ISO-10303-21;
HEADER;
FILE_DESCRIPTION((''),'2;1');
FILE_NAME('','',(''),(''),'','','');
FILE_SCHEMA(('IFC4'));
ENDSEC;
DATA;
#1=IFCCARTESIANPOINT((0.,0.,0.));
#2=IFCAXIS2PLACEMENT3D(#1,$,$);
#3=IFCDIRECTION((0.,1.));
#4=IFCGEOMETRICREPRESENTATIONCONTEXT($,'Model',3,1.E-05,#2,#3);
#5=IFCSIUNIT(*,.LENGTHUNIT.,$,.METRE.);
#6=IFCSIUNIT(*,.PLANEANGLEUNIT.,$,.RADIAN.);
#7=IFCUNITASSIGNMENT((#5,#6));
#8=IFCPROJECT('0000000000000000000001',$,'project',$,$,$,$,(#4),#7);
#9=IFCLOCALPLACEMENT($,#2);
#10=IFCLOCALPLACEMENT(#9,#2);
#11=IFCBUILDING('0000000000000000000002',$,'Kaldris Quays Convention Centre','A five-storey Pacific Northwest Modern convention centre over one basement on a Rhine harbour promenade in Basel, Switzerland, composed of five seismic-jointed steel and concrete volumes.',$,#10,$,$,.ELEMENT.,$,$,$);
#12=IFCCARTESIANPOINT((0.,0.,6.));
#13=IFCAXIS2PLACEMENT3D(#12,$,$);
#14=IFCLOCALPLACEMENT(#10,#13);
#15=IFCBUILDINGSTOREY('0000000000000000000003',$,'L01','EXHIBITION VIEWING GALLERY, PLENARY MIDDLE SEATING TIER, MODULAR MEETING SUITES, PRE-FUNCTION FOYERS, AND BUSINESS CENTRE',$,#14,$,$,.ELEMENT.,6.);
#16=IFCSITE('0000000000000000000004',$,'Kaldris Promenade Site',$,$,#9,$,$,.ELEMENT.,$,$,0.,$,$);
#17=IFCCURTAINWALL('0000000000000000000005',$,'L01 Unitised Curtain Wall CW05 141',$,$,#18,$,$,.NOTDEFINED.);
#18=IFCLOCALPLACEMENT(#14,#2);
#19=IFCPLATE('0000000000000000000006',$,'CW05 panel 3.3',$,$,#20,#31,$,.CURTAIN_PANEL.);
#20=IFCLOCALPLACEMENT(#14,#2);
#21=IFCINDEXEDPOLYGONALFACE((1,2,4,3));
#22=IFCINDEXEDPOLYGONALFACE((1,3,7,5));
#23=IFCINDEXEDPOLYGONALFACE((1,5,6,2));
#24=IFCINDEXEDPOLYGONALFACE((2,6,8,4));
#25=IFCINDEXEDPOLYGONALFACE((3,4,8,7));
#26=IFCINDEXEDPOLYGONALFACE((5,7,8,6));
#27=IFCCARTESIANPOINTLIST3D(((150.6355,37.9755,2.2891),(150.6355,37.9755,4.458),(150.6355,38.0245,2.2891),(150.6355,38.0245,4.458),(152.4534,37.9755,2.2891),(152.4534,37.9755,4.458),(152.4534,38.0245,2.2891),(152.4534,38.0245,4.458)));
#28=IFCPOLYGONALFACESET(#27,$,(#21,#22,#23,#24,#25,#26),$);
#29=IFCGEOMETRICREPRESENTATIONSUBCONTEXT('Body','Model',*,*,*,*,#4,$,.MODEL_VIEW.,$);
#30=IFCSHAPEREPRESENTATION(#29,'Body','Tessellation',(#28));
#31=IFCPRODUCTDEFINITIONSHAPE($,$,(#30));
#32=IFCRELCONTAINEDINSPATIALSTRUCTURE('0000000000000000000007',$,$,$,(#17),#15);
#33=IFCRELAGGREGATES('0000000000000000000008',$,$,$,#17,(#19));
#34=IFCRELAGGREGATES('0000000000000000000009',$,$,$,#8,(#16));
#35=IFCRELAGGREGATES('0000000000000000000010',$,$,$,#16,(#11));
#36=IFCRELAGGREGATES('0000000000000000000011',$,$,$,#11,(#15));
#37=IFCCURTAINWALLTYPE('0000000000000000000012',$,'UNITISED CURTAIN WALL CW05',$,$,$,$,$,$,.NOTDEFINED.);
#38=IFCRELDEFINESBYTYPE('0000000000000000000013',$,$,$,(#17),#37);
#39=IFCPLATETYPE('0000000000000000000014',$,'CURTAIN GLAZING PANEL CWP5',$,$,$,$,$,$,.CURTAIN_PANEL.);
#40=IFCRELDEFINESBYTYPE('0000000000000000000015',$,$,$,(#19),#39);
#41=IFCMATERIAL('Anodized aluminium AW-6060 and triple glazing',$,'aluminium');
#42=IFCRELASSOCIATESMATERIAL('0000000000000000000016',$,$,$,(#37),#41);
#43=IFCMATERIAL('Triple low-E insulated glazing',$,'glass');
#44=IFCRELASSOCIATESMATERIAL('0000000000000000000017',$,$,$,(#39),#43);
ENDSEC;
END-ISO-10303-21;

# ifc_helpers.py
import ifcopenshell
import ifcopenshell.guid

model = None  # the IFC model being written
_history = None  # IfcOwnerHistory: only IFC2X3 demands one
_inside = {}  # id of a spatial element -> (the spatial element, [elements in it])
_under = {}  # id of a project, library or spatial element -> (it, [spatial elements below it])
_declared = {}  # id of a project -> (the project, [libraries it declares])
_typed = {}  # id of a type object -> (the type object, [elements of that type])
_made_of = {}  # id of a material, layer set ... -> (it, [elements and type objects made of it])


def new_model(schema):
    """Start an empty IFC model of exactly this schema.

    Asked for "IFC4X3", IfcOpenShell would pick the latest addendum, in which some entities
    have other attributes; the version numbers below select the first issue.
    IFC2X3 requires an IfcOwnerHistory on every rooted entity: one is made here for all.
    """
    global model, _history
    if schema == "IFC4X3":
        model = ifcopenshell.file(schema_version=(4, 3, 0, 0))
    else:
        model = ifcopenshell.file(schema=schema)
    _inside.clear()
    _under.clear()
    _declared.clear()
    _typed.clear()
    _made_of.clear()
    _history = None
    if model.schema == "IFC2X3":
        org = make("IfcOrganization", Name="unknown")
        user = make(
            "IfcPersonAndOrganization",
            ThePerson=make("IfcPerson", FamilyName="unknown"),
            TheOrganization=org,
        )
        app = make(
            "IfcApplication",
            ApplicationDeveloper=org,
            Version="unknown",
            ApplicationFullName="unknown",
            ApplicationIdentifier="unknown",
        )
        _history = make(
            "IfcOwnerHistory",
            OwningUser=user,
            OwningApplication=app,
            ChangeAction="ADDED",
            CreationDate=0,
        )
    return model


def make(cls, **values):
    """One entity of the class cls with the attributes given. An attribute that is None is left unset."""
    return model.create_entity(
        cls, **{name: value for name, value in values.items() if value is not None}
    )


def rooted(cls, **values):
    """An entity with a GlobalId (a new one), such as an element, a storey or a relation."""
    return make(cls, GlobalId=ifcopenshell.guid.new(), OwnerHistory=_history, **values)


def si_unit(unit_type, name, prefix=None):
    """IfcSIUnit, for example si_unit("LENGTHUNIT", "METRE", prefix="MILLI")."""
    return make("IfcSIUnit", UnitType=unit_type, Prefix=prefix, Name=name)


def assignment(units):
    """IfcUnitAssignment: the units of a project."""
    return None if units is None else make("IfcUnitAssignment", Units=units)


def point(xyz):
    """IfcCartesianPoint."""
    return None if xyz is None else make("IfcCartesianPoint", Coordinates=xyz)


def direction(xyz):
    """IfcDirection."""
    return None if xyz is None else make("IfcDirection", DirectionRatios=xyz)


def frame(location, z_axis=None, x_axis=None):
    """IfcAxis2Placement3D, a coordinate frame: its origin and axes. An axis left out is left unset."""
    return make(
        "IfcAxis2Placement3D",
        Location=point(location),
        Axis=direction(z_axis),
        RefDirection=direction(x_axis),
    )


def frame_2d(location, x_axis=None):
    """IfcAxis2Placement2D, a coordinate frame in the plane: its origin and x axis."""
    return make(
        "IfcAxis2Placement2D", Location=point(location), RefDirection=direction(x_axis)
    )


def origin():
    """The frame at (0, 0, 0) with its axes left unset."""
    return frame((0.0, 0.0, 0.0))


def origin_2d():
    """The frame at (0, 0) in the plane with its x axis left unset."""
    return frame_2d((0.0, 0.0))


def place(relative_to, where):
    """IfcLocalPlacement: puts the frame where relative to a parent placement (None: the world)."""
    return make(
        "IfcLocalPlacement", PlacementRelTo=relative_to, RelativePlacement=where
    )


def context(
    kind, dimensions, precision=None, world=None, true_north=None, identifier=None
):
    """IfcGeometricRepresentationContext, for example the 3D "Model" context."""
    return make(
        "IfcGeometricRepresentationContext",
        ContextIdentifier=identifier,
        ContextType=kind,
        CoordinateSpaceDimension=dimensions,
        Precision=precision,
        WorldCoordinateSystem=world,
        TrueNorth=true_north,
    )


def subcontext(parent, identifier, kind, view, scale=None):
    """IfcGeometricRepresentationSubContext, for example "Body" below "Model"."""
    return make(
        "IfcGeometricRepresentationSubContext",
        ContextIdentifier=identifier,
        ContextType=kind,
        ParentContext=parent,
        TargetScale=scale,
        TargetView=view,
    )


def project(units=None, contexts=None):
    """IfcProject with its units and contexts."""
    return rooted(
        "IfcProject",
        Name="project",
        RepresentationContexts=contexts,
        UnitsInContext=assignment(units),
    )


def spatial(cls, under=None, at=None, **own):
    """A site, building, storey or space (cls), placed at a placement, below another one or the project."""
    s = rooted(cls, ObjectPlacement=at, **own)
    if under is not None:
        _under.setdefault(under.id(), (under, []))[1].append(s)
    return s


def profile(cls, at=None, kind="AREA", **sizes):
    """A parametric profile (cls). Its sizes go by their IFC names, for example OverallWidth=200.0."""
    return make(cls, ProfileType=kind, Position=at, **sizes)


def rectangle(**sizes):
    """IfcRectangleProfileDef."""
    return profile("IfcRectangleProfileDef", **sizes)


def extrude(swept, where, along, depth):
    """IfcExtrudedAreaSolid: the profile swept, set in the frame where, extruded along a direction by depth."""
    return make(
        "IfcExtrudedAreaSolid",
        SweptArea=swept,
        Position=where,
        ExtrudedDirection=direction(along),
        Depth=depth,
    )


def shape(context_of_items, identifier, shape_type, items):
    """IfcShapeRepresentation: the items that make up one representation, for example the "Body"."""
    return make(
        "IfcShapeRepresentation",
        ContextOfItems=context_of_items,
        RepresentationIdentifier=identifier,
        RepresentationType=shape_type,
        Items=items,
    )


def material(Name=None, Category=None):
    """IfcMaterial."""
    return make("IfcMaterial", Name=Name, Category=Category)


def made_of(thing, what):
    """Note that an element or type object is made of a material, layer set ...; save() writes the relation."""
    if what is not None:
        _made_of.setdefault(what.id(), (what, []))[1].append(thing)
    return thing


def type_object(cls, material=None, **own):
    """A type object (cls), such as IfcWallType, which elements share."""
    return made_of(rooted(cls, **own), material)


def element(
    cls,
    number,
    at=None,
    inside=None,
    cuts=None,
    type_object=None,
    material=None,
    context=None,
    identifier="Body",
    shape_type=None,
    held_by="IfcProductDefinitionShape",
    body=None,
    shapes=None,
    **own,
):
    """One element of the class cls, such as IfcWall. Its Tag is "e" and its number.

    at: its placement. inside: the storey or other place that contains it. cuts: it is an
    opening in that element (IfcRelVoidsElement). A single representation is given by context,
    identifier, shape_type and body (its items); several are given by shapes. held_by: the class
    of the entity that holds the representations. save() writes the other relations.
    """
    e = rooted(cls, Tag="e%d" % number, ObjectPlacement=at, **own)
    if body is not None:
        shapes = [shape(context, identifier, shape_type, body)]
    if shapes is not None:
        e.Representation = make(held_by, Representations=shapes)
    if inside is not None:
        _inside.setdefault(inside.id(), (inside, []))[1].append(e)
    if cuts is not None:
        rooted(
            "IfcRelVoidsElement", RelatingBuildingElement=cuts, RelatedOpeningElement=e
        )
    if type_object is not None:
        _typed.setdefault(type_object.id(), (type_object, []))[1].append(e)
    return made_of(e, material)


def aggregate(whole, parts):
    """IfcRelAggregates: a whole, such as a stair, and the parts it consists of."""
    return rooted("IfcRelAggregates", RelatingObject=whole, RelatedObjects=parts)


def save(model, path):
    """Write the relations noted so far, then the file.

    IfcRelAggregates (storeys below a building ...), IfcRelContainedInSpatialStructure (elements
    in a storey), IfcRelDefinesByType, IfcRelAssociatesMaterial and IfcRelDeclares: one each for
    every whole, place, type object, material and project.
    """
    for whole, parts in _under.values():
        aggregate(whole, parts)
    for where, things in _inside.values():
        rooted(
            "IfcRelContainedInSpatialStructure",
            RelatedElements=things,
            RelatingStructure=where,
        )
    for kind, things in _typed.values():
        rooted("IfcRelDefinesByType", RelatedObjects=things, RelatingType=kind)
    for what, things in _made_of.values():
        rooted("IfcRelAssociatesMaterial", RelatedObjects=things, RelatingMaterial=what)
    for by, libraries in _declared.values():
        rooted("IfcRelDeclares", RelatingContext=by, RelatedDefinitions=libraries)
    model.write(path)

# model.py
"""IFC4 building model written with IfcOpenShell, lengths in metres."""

from ifc_helpers import new_model, si_unit, direction, frame, origin, origin_2d, place, context, subcontext, project, spatial, rectangle, extrude, material, type_object, element, aggregate, save


model = new_model("IFC4")

# Units and contexts
model_context = context("Model", 3, precision=1e-05, world=origin(), true_north=direction((0.0, 1.0)))
body_context = subcontext(model_context, "Body", "Model", "MODEL_VIEW")
ifc_project = project(units=[si_unit("LENGTHUNIT", "METRE"), si_unit("PLANEANGLEUNIT", "RADIAN")], contexts=[model_context])

# Site, building, storey
site_placement = place(None, origin())
site = spatial("IfcSite", under=ifc_project, at=site_placement, Name="Kaldris Promenade Site", CompositionType="ELEMENT", RefElevation=0.0)
building_placement = place(site_placement, origin())
building = spatial("IfcBuilding", under=site, at=building_placement, Name="Kaldris Quays Convention Centre", Description="A five-storey Pacific Northwest Modern convention centre over one basement on a Rhine harbour promenade in Basel, Switzerland, composed of five seismic-jointed steel and concrete volumes.", CompositionType="ELEMENT")
storey_placement = place(building_placement, frame((0.0, 0.0, 6.0)))
storey = spatial("IfcBuildingStorey", under=building, at=storey_placement, Name="L01", Description="EXHIBITION VIEWING GALLERY, PLENARY MIDDLE SEATING TIER, MODULAR MEETING SUITES, PRE-FUNCTION FOYERS, AND BUSINESS CENTRE", CompositionType="ELEMENT", Elevation=6.0)

# Curtain wall, plate
ifc_material_1 = material(Name="Anodized aluminium AW-6060 and triple glazing", Category="aluminium")
curtain_wall_type = type_object("IfcCurtainWallType", Name="UNITISED CURTAIN WALL CW05", PredefinedType="NOTDEFINED", material=ifc_material_1)
curtain_wall_placement = place(storey_placement, origin())
curtain_wall = element("IfcCurtainWall", 1, at=curtain_wall_placement, inside=storey, type_object=curtain_wall_type, Name="L01 Unitised Curtain Wall CW05 141", PredefinedType="NOTDEFINED")
ifc_material_2 = material(Name="Triple low-E insulated glazing", Category="glass")
plate_type = type_object("IfcPlateType", Name="CURTAIN GLAZING PANEL CWP5", PredefinedType="CURTAIN_PANEL", material=ifc_material_2)
plate_1_placement = place(storey_placement, frame((151.5444, 38.0, 2.2891), z_axis=(0.0, 0.0, 1.0), x_axis=(1.0, 0.0, 0.0)))
plate_1 = element("IfcPlate", 2, at=plate_1_placement, type_object=plate_type, Name="CW05 panel 3.3", PredefinedType="CURTAIN_PANEL", context=body_context, shape_type="SweptSolid", body=[
    extrude(rectangle(XDim=1.8179, YDim=0.0491, at=origin_2d()), origin(), (0.0, 0.0, 1.0), 2.1689),
])
aggregate(curtain_wall, [plate_1])

save(model, "model.ifc")
